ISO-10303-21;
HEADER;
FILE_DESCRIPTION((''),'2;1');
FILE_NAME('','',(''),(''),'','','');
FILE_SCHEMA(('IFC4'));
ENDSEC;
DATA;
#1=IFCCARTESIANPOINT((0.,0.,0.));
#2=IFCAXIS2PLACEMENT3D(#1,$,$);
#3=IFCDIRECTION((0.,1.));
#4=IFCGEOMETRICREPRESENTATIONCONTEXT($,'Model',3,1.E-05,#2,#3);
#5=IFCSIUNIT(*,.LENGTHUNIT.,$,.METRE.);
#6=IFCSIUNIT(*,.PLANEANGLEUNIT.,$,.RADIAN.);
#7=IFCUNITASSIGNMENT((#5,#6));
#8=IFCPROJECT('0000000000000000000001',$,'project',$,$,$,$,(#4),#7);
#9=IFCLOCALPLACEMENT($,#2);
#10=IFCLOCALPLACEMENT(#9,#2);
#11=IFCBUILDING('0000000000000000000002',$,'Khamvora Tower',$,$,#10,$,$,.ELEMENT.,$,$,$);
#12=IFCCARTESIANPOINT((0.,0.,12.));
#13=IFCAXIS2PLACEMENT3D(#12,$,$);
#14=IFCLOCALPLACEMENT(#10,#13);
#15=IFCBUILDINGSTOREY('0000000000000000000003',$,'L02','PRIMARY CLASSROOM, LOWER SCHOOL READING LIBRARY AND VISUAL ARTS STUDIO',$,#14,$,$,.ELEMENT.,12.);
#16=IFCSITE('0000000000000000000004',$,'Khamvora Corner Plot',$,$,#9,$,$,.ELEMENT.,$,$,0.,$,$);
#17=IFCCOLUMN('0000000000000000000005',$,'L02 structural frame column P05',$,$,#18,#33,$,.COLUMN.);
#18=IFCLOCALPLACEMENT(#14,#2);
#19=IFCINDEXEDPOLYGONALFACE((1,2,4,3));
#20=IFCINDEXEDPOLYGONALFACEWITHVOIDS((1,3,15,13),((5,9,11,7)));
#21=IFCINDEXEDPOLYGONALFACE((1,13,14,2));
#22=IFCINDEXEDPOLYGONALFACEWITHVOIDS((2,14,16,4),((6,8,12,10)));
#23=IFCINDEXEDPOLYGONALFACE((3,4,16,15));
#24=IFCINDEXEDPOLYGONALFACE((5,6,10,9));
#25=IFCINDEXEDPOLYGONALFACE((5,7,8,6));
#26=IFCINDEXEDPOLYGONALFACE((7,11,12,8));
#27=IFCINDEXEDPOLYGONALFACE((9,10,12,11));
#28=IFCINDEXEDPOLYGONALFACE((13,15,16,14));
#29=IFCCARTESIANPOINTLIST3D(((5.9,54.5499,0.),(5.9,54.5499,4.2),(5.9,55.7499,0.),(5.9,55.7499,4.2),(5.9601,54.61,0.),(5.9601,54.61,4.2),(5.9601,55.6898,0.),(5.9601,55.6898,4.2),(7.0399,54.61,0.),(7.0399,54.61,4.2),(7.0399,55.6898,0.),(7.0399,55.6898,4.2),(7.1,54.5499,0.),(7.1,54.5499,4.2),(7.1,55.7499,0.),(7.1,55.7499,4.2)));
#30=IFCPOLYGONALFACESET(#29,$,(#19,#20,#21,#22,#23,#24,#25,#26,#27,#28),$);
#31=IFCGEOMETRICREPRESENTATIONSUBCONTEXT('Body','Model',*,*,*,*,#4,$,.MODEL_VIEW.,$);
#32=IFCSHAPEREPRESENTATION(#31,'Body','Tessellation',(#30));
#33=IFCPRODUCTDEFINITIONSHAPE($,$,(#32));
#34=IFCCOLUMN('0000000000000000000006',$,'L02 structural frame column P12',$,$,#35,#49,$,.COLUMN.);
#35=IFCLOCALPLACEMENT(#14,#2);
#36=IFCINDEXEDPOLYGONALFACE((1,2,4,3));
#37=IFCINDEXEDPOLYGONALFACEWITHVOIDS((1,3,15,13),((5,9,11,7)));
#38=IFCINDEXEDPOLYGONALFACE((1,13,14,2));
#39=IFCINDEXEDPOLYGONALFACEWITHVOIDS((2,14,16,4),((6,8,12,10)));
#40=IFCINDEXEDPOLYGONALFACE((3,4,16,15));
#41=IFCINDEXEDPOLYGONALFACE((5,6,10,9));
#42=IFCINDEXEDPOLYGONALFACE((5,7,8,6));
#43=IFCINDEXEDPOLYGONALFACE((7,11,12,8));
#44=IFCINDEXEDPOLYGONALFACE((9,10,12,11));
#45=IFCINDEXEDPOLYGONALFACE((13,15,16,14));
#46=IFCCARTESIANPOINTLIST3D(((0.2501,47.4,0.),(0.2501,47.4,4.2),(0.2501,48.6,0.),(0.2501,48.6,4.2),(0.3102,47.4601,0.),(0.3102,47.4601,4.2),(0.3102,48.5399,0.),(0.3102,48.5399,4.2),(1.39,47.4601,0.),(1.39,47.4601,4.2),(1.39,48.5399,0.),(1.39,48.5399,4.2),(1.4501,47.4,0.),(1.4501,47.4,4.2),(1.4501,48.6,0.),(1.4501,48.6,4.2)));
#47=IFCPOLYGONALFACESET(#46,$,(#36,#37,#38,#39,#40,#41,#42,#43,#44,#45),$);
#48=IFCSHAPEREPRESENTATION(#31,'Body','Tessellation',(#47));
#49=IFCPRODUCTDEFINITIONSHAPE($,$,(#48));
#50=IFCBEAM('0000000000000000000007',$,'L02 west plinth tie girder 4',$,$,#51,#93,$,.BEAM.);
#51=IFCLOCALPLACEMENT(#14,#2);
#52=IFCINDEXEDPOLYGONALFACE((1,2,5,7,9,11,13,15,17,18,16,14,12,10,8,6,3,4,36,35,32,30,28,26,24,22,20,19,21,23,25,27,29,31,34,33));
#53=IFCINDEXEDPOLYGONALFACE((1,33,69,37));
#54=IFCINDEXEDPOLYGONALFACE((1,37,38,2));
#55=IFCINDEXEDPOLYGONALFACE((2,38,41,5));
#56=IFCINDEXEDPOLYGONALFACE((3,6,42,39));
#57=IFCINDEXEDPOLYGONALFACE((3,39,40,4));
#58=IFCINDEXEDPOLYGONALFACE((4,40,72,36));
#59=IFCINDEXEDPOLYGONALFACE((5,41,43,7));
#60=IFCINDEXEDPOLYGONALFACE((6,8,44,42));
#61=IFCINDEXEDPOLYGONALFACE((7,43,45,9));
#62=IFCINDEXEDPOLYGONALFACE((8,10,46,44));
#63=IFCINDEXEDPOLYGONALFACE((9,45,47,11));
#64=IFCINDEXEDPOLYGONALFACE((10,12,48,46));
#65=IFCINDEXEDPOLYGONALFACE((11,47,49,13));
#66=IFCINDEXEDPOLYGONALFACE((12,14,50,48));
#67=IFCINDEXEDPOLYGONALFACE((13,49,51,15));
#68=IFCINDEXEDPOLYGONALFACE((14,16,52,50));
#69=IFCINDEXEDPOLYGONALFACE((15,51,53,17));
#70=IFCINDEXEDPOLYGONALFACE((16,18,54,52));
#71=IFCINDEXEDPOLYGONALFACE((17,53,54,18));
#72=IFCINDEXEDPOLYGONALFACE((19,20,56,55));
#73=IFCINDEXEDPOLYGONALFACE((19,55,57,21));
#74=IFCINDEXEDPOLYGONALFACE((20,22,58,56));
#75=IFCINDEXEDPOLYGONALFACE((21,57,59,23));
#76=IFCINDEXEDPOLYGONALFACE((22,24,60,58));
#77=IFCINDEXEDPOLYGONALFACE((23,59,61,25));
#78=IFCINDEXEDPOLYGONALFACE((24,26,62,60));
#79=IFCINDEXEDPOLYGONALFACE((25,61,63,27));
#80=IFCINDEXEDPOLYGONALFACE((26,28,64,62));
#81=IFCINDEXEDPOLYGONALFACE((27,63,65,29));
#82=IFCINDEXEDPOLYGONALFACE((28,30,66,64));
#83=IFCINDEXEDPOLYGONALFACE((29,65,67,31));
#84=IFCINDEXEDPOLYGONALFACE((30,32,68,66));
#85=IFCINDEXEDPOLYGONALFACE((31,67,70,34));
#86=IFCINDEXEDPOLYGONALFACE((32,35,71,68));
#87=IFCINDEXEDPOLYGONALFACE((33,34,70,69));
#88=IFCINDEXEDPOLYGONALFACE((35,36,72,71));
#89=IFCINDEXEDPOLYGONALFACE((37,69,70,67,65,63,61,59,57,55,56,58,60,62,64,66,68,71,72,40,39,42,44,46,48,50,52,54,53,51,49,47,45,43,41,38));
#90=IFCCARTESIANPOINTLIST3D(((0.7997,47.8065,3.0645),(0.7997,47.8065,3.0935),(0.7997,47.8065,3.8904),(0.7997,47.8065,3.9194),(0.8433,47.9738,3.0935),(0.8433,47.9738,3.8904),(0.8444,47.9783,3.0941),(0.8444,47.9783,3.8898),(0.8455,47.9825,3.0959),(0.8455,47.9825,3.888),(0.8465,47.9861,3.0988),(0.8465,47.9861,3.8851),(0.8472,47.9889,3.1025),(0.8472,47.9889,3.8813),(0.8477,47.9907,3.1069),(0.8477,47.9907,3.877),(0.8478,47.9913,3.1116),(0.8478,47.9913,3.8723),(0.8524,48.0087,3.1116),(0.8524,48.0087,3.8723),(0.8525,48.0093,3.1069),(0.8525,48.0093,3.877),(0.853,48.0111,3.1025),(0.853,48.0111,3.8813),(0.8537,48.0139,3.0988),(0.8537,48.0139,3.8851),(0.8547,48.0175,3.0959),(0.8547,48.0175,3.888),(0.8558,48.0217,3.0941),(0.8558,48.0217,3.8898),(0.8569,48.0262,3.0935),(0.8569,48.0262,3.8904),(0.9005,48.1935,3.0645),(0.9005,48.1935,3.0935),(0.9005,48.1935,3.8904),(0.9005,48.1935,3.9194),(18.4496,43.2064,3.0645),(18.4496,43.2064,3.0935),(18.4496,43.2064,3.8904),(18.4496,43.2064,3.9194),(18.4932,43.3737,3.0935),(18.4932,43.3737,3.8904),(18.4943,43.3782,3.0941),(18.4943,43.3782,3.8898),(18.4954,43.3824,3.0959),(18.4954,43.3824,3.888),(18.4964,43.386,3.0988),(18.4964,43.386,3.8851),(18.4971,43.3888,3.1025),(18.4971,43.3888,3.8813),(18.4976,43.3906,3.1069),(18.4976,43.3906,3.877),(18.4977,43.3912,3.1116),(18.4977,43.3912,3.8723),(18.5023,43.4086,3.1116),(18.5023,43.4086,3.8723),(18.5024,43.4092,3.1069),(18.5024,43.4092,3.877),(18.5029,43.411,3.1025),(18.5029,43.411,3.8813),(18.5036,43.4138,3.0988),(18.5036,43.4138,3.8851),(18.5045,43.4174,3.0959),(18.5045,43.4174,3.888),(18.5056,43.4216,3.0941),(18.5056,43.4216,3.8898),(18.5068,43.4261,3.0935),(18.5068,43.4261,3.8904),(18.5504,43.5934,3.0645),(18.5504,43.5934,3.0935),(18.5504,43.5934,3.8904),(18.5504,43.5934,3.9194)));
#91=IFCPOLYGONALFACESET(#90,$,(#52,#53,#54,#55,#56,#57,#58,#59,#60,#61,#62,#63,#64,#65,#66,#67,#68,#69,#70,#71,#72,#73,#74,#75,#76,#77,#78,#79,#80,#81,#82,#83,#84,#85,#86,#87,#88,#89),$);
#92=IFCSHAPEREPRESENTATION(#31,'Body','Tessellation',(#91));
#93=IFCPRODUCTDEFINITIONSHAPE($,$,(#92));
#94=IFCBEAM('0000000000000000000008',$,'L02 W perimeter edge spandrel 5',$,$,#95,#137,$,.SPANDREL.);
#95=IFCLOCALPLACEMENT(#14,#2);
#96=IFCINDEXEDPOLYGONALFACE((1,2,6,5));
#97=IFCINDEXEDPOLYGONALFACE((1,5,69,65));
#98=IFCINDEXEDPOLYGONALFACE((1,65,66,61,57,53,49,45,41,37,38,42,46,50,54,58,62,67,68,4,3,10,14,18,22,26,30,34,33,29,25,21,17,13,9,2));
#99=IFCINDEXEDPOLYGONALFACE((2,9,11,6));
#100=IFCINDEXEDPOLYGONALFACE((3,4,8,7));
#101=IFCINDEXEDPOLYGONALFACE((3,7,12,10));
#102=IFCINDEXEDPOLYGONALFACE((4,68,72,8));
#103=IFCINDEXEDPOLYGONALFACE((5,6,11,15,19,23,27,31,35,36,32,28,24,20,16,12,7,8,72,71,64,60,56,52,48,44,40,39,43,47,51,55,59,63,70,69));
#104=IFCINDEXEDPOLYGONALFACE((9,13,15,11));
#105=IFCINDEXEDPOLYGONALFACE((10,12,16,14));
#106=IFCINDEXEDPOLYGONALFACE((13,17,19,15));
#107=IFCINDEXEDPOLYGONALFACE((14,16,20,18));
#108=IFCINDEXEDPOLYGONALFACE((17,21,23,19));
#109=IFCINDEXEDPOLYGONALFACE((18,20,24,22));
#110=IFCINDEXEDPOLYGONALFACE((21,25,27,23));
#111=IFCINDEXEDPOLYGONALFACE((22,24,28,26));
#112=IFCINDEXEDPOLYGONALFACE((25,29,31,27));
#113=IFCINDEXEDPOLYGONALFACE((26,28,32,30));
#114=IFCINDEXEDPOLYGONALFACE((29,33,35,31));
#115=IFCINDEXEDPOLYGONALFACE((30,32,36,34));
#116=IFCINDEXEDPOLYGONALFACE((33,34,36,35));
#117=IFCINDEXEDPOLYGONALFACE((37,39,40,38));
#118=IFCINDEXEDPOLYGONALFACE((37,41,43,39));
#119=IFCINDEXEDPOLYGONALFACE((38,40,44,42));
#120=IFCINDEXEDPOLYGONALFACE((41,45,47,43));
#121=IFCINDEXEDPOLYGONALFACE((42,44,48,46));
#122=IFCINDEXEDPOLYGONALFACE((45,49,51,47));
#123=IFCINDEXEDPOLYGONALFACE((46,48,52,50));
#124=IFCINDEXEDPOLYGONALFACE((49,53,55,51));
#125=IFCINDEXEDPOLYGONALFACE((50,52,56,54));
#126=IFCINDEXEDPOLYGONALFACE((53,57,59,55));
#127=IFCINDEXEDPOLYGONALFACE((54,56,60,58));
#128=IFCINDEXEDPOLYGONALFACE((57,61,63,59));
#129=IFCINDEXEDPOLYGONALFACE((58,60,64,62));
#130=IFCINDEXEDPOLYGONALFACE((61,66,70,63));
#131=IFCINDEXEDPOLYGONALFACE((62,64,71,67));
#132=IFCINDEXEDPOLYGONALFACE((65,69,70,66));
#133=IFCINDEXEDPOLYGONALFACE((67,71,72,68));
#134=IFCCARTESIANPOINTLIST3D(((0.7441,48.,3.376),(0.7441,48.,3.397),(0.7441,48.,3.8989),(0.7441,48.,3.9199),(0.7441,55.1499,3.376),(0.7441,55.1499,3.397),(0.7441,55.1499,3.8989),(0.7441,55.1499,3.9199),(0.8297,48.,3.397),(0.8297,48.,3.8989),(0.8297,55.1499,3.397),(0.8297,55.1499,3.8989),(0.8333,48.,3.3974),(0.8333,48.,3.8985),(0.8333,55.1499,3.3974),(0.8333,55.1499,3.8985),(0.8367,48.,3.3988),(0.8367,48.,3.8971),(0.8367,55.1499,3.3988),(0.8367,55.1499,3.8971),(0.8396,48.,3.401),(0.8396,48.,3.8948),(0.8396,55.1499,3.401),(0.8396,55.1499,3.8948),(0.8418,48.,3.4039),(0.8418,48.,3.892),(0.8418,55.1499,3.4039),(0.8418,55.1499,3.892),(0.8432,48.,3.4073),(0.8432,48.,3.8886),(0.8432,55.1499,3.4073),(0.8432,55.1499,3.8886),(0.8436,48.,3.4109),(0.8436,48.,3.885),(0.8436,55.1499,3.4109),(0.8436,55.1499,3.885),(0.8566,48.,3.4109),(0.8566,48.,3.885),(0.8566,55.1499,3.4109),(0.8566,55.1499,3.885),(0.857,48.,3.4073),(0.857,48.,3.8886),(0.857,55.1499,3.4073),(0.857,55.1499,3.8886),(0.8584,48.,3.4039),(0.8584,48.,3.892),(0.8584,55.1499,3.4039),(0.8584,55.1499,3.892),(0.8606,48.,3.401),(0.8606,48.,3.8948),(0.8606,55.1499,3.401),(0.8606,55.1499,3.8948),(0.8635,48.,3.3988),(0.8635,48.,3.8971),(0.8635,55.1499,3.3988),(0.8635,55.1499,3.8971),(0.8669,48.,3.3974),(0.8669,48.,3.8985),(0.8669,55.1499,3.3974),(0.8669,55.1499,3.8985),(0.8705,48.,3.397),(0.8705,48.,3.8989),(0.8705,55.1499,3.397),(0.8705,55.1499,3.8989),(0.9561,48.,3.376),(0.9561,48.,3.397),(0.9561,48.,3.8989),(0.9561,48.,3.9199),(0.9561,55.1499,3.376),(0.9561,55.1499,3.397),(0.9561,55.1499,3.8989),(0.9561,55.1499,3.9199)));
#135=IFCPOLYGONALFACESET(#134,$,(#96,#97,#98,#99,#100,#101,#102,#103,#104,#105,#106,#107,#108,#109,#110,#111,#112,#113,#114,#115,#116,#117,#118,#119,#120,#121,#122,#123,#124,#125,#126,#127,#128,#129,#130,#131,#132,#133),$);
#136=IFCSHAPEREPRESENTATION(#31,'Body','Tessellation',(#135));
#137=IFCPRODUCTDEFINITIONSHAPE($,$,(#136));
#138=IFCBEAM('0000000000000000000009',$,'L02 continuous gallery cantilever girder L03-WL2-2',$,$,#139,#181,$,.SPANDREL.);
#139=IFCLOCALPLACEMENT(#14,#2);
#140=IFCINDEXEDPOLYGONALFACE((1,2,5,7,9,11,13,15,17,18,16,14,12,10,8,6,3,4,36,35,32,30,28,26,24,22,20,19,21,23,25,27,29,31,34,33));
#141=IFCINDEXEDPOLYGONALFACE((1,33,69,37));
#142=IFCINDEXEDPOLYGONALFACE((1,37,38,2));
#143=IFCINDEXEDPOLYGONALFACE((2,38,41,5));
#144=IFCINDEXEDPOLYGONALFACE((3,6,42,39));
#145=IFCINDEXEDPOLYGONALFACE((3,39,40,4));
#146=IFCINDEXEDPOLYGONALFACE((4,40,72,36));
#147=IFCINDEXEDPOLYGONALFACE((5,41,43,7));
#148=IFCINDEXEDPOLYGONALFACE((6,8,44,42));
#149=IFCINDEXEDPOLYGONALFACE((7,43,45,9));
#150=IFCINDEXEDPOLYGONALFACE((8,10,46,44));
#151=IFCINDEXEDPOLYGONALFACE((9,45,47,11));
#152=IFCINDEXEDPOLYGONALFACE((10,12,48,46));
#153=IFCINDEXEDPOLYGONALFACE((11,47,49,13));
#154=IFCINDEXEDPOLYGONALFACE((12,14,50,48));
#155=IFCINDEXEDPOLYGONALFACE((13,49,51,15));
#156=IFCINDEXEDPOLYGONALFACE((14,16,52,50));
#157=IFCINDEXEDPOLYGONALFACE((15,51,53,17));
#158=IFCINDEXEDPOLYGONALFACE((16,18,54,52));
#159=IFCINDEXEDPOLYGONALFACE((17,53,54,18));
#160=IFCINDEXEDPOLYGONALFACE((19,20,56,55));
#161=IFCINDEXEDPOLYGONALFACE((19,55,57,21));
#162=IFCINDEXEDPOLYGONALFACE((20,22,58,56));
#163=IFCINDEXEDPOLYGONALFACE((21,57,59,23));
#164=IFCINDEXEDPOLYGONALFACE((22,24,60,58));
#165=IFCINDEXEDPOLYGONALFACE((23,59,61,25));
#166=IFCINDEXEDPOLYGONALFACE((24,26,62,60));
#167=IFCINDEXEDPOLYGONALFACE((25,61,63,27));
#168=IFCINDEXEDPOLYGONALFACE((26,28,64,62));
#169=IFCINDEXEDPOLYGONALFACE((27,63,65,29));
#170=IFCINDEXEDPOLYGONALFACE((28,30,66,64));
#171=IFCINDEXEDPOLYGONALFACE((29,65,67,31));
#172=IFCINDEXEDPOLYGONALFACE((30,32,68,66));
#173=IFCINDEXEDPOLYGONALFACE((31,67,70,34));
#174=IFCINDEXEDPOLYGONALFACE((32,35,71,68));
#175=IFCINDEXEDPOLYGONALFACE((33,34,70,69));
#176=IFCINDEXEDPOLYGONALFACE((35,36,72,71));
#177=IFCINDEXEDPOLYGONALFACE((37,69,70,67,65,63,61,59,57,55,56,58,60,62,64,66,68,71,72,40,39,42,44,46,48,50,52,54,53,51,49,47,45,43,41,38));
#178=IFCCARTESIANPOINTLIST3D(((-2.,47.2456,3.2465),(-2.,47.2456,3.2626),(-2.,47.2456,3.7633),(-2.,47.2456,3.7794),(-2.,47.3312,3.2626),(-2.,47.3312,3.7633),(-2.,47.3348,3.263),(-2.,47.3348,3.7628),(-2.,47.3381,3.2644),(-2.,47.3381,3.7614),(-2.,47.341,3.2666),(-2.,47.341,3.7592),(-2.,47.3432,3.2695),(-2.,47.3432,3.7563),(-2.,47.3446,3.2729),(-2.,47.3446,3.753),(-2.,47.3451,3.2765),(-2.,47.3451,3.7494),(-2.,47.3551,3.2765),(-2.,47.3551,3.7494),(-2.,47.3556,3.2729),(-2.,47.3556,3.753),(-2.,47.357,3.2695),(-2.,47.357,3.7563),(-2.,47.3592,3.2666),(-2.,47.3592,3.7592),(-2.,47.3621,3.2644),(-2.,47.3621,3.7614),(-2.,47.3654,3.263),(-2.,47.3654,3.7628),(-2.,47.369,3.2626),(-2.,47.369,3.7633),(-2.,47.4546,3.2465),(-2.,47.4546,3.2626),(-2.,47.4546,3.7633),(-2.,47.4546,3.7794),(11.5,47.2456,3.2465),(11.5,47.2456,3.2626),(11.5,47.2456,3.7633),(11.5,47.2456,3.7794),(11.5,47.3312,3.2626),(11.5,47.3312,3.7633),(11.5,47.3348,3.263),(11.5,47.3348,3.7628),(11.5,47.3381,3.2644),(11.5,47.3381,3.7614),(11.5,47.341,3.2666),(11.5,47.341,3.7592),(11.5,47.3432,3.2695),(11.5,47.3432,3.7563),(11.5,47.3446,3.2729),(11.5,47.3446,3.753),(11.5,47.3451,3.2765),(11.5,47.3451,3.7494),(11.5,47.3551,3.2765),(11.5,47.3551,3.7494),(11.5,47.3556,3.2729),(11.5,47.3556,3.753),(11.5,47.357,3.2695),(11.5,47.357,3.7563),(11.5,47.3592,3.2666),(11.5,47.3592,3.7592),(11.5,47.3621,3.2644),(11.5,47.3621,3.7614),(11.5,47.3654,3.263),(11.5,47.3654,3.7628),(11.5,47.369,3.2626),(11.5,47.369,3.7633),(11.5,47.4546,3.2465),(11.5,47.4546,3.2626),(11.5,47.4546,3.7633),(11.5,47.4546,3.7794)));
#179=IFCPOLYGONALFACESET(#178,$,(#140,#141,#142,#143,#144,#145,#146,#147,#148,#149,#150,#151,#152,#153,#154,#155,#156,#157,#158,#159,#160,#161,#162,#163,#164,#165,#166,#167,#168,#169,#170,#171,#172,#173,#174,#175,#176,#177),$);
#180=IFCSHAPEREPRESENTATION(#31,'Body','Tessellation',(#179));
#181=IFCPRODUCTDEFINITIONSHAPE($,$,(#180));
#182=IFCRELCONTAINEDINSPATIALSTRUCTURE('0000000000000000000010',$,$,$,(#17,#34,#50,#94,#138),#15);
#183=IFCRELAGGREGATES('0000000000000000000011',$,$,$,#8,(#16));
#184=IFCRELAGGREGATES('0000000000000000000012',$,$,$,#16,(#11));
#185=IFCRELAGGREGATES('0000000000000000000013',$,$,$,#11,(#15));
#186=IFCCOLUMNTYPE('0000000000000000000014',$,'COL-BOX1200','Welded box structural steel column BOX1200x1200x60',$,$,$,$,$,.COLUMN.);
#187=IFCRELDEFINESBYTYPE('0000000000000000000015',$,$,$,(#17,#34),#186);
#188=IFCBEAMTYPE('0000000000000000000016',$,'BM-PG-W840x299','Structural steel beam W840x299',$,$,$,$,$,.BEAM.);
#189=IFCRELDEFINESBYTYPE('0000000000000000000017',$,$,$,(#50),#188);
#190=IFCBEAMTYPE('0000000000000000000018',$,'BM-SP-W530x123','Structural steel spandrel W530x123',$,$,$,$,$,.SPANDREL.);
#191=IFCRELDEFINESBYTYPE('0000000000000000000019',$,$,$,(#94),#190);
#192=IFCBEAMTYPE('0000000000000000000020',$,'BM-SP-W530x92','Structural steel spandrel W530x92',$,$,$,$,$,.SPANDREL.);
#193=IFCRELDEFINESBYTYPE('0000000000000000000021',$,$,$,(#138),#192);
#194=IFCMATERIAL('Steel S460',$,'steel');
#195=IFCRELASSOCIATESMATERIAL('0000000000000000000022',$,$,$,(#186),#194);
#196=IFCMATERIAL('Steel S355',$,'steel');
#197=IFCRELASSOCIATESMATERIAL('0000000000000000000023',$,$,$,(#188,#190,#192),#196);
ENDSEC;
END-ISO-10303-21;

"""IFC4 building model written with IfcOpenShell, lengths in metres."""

from ifc_helpers import new_model, si_unit, direction, frame, origin, origin_2d, place, context, subcontext, project, spatial, hollow_rectangle, i_section, extrude, material, material_profile, profile_set, type_object, element, save


model = new_model("IFC4")

# Units and contexts
model_context = context("Model", 3, precision=1e-05, world=origin(), true_north=direction((0.0, 1.0)))
body_context = subcontext(model_context, "Body", "Model", "MODEL_VIEW")
ifc_project = project(units=[si_unit("LENGTHUNIT", "METRE"), si_unit("PLANEANGLEUNIT", "RADIAN")], contexts=[model_context])

# Site, building, storey
site_placement = place(None, origin())
site = spatial("IfcSite", under=ifc_project, at=site_placement, Name="Khamvora Corner Plot", CompositionType="ELEMENT", RefElevation=0.0)
building_placement = place(site_placement, origin())
building = spatial("IfcBuilding", under=site, at=building_placement, Name="Khamvora Tower", CompositionType="ELEMENT")
storey_placement = place(building_placement, frame((0.0, 0.0, 12.0)))
storey = spatial("IfcBuildingStorey", under=building, at=storey_placement, Name="L02", Description="PRIMARY CLASSROOM, LOWER SCHOOL READING LIBRARY AND VISUAL ARTS STUDIO", CompositionType="ELEMENT", Elevation=12.0)

# Columns
ifc_material_1 = material(Name="Steel S460", Category="steel")
ifc_material_profile_1 = material_profile(ifc_material_1, hollow_rectangle(XDim=1.2, YDim=1.2, WallThickness=0.0601, at=origin_2d()), Name="BOX1200x1200x60")
ifc_profile_set_1 = profile_set([ifc_material_profile_1], Name="Steel S460")
column_type = type_object("IfcColumnType", Name="COL-BOX1200", Description="Welded box structural steel column BOX1200x1200x60", PredefinedType="COLUMN", material=ifc_profile_set_1)
for number, where, z_axis, x_axis, name in (
    (1, (6.5, 55.1499, 0.0), (0.0, 0.0, 1.0), (1.0, 0.0, 0.0), "L02 structural frame column P05"),
    (2, (0.8501, 48.0, 0.0), (0.0, 0.0, 1.0), (1.0, 0.0, 0.0), "L02 structural frame column P12"),
):
    element("IfcColumn", number, at=place(storey_placement, frame(where, z_axis=z_axis, x_axis=x_axis)), inside=storey, type_object=column_type, Name=name, PredefinedType="COLUMN", context=body_context, shape_type="SweptSolid", body=[
        extrude(hollow_rectangle(XDim=1.2, YDim=1.2, WallThickness=0.0601, at=origin_2d()), origin(), (0.0, 0.0, 1.0), 4.2),
    ])

# Beams
ifc_material_2 = material(Name="Steel S355", Category="steel")
ifc_material_profile_2 = material_profile(ifc_material_2, i_section(OverallWidth=0.3999, OverallDepth=0.855, WebThickness=0.0181, FlangeThickness=0.0291, FilletRadius=0.0181, at=origin_2d()), Name="W840x299")
ifc_profile_set_2 = profile_set([ifc_material_profile_2], Name="Steel S355")
beam_type_1 = type_object("IfcBeamType", Name="BM-PG-W840x299", Description="Structural steel beam W840x299", PredefinedType="BEAM", material=ifc_profile_set_2)
beam_1_placement = place(storey_placement, frame((0.8501, 48.0, 3.4919), z_axis=(0.967674, -0.252205, 0.0), x_axis=(0.252205, 0.967674, 0.0)))
element("IfcBeam", 3, at=beam_1_placement, inside=storey, type_object=beam_type_1, Name="L02 west plinth tie girder 4", PredefinedType="BEAM", context=body_context, shape_type="SweptSolid", body=[
    extrude(i_section(OverallWidth=0.3999, OverallDepth=0.855, WebThickness=0.0181, FlangeThickness=0.0291, FilletRadius=0.0181, at=origin_2d()), origin(), (0.0, 0.0, 1.0), 18.2395),
])
ifc_material_profile_3 = material_profile(ifc_material_2, i_section(OverallWidth=0.2119, OverallDepth=0.5439, WebThickness=0.0129, FlangeThickness=0.021, FilletRadius=0.0139, at=origin_2d()), Name="W530x123")
ifc_profile_set_3 = profile_set([ifc_material_profile_3], Name="Steel S355")
beam_type_2 = type_object("IfcBeamType", Name="BM-SP-W530x123", Description="Structural steel spandrel W530x123", PredefinedType="SPANDREL", material=ifc_profile_set_3)
beam_2_placement = place(storey_placement, frame((0.8501, 48.0, 3.6479), z_axis=(0.0, 1.0, 0.0), x_axis=(-1.0, 0.0, 0.0)))
element("IfcBeam", 4, at=beam_2_placement, inside=storey, type_object=beam_type_2, Name="L02 W perimeter edge spandrel 5", PredefinedType="SPANDREL", context=body_context, shape_type="SweptSolid", body=[
    extrude(i_section(OverallWidth=0.2119, OverallDepth=0.5439, WebThickness=0.0129, FlangeThickness=0.021, FilletRadius=0.0139, at=origin_2d()), origin(), (0.0, 0.0, 1.0), 7.1499),
])
ifc_material_profile_4 = material_profile(ifc_material_2, i_section(OverallWidth=0.209, OverallDepth=0.533, WebThickness=0.01, FlangeThickness=0.0161, FilletRadius=0.0139, at=origin_2d()), Name="W530x92")
ifc_profile_set_4 = profile_set([ifc_material_profile_4], Name="Steel S355")
beam_type_3 = type_object("IfcBeamType", Name="BM-SP-W530x92", Description="Structural steel spandrel W530x92", PredefinedType="SPANDREL", material=ifc_profile_set_4)
beam_3_placement = place(storey_placement, frame((11.5, 47.3501, 3.5129), z_axis=(-1.0, 0.0, 0.0), x_axis=(0.0, -1.0, 0.0)))
element("IfcBeam", 5, at=beam_3_placement, inside=storey, type_object=beam_type_3, Name="L02 continuous gallery cantilever girder L03-WL2-2", PredefinedType="SPANDREL", context=body_context, shape_type="SweptSolid", body=[
    extrude(i_section(OverallWidth=0.209, OverallDepth=0.533, WebThickness=0.01, FlangeThickness=0.0161, FilletRadius=0.0139, at=origin_2d()), origin(), (0.0, 0.0, 1.0), 13.5),
])

save(model, "model.ifc")
